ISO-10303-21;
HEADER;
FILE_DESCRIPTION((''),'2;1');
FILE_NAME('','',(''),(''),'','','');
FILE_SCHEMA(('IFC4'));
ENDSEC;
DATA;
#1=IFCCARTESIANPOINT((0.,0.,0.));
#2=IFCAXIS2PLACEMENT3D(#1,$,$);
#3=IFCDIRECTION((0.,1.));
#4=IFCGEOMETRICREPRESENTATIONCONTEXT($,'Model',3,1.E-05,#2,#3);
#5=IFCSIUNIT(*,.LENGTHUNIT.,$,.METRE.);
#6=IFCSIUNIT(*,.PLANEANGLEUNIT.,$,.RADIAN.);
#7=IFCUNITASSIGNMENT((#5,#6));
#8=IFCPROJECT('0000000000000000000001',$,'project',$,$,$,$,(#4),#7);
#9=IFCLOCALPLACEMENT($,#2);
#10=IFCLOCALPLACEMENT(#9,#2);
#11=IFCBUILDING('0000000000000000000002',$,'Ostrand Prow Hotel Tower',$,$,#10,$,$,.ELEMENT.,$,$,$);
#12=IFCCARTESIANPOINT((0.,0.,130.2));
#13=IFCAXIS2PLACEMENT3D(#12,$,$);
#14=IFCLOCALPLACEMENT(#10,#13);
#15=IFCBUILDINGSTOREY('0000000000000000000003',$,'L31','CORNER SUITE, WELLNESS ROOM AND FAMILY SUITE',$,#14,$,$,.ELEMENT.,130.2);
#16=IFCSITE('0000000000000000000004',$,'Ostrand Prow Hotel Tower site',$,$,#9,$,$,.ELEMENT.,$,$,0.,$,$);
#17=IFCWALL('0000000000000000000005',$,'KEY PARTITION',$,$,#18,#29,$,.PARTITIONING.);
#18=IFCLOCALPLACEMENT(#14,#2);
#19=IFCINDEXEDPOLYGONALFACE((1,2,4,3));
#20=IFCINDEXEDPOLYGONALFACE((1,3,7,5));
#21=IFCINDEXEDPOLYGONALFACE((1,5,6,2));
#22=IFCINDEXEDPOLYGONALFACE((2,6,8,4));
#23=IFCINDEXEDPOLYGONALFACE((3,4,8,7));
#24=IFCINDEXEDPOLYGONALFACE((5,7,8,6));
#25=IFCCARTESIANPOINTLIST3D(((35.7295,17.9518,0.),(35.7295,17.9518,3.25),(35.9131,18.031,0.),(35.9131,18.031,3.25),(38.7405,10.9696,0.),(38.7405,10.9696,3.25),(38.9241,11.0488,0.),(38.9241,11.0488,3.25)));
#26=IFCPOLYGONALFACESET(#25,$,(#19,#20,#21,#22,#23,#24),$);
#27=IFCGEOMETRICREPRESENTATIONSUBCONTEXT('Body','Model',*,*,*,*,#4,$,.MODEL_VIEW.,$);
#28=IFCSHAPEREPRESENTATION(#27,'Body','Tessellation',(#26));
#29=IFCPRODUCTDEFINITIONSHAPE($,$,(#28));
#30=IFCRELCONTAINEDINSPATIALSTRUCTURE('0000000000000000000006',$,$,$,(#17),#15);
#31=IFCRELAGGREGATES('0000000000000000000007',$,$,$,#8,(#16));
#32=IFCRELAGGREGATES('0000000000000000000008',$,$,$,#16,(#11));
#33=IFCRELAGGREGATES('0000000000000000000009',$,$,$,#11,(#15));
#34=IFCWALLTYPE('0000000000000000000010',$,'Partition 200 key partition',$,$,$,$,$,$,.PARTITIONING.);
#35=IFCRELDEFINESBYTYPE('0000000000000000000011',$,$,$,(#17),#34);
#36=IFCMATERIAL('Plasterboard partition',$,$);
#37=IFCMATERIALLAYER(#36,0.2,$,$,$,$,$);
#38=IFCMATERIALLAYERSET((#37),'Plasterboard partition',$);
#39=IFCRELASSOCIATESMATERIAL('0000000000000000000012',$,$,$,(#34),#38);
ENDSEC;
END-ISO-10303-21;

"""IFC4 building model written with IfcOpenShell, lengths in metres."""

from ifc_helpers import new_model, si_unit, direction, frame, frame_2d, origin, place, context, subcontext, project, spatial, rectangle, extrude, material, layer, layer_set, type_object, element, save


model = new_model("IFC4")

# Units and contexts
model_context = context("Model", 3, precision=1e-05, world=origin(), true_north=direction((0.0, 1.0)))
body_context = subcontext(model_context, "Body", "Model", "MODEL_VIEW")
ifc_project = project(units=[si_unit("LENGTHUNIT", "METRE"), si_unit("PLANEANGLEUNIT", "RADIAN")], contexts=[model_context])

# Site, building, storey
site_placement = place(None, origin())
site = spatial("IfcSite", under=ifc_project, at=site_placement, Name="Ostrand Prow Hotel Tower site", CompositionType="ELEMENT", RefElevation=0.0)
building_placement = place(site_placement, origin())
building = spatial("IfcBuilding", under=site, at=building_placement, Name="Ostrand Prow Hotel Tower", CompositionType="ELEMENT")
storey_placement = place(building_placement, frame((0.0, 0.0, 130.2)))
storey = spatial("IfcBuildingStorey", under=building, at=storey_placement, Name="L31", Description="CORNER SUITE, WELLNESS ROOM AND FAMILY SUITE", CompositionType="ELEMENT", Elevation=130.2)

# Wall
ifc_material_1 = material(Name="Plasterboard partition")
ifc_layer_1 = layer(ifc_material_1, 0.2)
ifc_layer_set_1 = layer_set([ifc_layer_1], Name="Plasterboard partition")
wall_type_1 = type_object("IfcWallType", Name="Partition 200 key partition", PredefinedType="PARTITIONING", material=ifc_layer_set_1)
wall_1_placement = place(storey_placement, frame((38.8323, 11.0093, 0.0), z_axis=(0.0, 0.0, 1.0), x_axis=(-0.395988, 0.918256, 0.0)))
element("IfcWall", 1, at=wall_1_placement, inside=storey, type_object=wall_type_1, Name="KEY PARTITION", PredefinedType="PARTITIONING", context=body_context, shape_type="SweptSolid", body=[
    extrude(rectangle(XDim=7.6038, YDim=0.2, at=frame_2d((3.8018, 0.0))), origin(), (0.0, 0.0, 1.0), 3.25),
])

save(model, "model.ifc")
